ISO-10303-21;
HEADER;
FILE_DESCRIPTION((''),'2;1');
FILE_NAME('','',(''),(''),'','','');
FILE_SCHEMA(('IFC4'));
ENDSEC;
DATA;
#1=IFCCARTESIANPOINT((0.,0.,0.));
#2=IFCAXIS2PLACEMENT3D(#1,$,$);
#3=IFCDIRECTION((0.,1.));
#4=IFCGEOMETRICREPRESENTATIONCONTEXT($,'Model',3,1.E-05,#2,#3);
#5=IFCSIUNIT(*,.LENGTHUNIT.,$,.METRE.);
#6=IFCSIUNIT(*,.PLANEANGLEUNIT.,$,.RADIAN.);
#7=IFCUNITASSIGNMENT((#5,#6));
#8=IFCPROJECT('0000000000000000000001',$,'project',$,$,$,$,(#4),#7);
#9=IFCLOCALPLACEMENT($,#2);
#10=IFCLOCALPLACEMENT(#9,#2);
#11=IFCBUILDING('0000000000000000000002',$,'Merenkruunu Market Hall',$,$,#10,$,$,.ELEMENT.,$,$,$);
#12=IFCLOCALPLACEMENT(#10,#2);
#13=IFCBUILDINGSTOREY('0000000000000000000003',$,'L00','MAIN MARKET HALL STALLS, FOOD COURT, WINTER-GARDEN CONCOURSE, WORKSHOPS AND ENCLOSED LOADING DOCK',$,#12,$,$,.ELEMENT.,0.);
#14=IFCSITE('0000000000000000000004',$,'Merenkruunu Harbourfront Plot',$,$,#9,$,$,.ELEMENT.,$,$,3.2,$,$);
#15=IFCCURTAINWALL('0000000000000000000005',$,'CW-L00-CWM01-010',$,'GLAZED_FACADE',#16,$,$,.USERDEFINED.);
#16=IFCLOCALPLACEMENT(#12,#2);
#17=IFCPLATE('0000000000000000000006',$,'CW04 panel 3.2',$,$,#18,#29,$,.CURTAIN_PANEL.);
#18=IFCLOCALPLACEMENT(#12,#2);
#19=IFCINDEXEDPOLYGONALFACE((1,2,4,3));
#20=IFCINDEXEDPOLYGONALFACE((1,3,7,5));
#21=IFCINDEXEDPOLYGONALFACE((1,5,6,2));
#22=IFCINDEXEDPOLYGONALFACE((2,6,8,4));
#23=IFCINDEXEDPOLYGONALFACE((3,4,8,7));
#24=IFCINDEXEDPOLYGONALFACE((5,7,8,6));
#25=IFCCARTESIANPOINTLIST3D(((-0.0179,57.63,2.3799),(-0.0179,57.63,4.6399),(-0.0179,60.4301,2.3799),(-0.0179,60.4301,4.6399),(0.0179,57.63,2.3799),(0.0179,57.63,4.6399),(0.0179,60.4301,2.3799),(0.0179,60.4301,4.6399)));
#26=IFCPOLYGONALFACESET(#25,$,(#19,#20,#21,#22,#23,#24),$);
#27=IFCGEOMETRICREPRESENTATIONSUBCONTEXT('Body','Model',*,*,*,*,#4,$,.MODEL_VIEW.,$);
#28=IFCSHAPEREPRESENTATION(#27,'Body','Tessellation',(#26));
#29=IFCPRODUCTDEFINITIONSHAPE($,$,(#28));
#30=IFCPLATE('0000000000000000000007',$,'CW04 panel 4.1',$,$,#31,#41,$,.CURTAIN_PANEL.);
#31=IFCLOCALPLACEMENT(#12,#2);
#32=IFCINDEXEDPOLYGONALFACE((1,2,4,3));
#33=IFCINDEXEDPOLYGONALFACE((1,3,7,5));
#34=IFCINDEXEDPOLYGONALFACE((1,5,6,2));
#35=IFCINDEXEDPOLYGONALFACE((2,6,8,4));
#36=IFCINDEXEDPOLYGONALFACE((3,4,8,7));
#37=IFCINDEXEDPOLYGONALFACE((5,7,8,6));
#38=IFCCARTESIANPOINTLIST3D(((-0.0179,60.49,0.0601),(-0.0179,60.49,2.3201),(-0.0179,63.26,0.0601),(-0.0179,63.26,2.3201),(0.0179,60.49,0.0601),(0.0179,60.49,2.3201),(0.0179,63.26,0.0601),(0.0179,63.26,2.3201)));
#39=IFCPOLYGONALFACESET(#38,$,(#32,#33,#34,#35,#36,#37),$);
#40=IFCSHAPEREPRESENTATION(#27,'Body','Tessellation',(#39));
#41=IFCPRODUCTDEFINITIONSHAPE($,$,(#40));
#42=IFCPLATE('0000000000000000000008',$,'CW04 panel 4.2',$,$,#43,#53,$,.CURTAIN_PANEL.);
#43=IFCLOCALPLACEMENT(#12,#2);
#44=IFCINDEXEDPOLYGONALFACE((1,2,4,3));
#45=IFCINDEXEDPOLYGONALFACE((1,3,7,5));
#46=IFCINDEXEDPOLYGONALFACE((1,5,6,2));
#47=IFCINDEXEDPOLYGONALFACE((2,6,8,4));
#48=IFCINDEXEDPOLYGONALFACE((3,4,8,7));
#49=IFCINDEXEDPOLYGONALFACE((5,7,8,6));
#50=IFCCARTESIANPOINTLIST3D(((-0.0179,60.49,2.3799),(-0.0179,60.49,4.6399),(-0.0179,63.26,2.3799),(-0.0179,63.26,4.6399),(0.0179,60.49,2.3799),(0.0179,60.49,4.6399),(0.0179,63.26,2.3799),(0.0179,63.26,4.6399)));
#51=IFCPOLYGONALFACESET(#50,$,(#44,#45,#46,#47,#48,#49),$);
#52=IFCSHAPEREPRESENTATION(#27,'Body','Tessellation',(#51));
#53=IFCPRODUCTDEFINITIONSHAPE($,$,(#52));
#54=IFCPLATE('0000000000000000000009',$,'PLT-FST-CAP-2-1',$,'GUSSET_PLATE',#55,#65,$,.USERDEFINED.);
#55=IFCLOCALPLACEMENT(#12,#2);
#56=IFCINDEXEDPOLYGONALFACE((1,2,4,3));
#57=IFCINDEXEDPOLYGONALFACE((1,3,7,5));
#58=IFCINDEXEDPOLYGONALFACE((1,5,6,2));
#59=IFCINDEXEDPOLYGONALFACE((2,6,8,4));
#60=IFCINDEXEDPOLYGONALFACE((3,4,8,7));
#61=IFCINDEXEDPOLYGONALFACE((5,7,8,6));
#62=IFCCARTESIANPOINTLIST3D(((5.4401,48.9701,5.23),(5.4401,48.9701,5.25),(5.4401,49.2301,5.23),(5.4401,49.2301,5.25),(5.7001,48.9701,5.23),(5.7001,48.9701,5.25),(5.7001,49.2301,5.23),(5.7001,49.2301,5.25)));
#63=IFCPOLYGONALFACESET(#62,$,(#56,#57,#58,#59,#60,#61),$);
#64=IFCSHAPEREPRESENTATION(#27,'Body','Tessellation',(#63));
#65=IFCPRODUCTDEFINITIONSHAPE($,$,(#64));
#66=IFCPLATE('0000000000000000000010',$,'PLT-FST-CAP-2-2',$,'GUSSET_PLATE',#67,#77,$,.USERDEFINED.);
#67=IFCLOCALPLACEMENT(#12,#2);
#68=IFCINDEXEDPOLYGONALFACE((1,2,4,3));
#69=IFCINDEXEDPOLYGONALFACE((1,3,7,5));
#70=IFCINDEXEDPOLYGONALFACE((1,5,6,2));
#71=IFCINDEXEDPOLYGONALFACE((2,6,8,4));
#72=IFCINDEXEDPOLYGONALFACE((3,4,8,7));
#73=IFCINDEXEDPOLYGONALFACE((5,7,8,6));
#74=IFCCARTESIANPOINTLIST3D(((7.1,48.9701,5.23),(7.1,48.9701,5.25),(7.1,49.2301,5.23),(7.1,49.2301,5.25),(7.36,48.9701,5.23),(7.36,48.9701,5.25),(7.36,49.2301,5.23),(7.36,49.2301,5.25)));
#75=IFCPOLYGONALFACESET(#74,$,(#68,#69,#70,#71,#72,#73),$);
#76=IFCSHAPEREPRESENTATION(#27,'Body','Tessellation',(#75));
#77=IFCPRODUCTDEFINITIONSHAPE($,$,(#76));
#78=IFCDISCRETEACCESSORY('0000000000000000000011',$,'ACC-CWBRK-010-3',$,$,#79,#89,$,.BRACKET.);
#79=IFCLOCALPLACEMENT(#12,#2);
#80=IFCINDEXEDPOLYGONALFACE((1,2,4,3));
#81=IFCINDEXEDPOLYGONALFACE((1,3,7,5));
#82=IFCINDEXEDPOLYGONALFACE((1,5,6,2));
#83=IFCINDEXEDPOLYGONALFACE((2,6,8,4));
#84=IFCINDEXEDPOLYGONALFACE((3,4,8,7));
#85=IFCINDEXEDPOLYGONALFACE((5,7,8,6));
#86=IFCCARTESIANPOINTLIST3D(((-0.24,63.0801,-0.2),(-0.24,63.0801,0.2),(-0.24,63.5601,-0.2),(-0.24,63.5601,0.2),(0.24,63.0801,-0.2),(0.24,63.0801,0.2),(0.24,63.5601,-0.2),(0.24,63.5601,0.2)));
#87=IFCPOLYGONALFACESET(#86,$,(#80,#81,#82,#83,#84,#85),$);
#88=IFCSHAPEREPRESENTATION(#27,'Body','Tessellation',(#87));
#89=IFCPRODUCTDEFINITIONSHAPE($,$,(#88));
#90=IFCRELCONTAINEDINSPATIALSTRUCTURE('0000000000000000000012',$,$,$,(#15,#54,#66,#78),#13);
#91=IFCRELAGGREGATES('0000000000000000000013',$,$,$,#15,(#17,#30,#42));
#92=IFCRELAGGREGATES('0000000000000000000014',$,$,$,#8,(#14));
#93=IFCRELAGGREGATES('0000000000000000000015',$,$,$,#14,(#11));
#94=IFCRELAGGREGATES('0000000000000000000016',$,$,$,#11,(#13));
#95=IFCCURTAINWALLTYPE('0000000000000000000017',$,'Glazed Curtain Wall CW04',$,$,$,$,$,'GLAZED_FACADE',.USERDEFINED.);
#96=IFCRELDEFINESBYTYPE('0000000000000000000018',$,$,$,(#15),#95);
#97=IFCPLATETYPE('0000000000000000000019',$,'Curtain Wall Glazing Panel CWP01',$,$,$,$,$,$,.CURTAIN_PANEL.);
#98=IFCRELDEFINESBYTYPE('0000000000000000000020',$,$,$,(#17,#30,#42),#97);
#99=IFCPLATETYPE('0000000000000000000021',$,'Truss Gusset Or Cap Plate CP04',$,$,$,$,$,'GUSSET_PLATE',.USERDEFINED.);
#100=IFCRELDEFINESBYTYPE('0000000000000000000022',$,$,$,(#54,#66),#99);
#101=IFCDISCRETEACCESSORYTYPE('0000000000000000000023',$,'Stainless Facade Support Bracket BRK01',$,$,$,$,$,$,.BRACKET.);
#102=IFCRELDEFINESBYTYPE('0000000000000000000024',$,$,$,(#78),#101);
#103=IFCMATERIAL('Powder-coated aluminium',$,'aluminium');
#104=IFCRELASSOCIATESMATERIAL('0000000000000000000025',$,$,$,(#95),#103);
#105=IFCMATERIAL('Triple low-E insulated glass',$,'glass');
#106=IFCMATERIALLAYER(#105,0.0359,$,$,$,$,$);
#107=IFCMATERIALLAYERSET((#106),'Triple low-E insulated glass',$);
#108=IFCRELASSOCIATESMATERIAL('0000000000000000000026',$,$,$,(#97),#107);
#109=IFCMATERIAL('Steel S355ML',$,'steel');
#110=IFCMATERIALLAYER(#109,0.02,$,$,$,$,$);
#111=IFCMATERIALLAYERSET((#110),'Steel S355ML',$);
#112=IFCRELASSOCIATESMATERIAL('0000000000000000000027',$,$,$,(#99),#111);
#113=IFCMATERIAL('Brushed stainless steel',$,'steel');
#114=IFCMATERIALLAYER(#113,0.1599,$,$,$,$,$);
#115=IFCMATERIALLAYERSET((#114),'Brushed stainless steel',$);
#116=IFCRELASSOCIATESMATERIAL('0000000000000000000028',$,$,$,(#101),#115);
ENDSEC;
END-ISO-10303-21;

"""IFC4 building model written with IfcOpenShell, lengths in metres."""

from ifc_helpers import new_model, si_unit, direction, frame, origin, origin_2d, place, context, subcontext, project, spatial, rectangle, extrude, material, layer, layer_set, type_object, element, aggregate, save


model = new_model("IFC4")

# Units and contexts
model_context = context("Model", 3, precision=1e-05, world=origin(), true_north=direction((0.0, 1.0)))
body_context = subcontext(model_context, "Body", "Model", "MODEL_VIEW")
ifc_project = project(units=[si_unit("LENGTHUNIT", "METRE"), si_unit("PLANEANGLEUNIT", "RADIAN")], contexts=[model_context])

# Site, building, storey
site_placement = place(None, origin())
site = spatial("IfcSite", under=ifc_project, at=site_placement, Name="Merenkruunu Harbourfront Plot", CompositionType="ELEMENT", RefElevation=3.2)
building_placement = place(site_placement, origin())
building = spatial("IfcBuilding", under=site, at=building_placement, Name="Merenkruunu Market Hall", CompositionType="ELEMENT")
storey_placement = place(building_placement, origin())
storey = spatial("IfcBuildingStorey", under=building, at=storey_placement, Name="L00", Description="MAIN MARKET HALL STALLS, FOOD COURT, WINTER-GARDEN CONCOURSE, WORKSHOPS AND ENCLOSED LOADING DOCK", CompositionType="ELEMENT", Elevation=0.0)

# Shared definitions
ifc_material_1 = material(Name="Steel S355ML", Category="steel")

# Curtain wall
ifc_material_2 = material(Name="Powder-coated aluminium", Category="aluminium")
curtain_wall_type = type_object("IfcCurtainWallType", Name="Glazed Curtain Wall CW04", ElementType="GLAZED_FACADE", PredefinedType="USERDEFINED", material=ifc_material_2)
curtain_wall_placement = place(storey_placement, origin())
curtain_wall = element("IfcCurtainWall", 1, at=curtain_wall_placement, inside=storey, type_object=curtain_wall_type, Name="CW-L00-CWM01-010", ObjectType="GLAZED_FACADE", PredefinedType="USERDEFINED")

# Plates
ifc_material_3 = material(Name="Triple low-E insulated glass", Category="glass")
ifc_layer_1 = layer(ifc_material_3, 0.0359)
ifc_layer_set_1 = layer_set([ifc_layer_1], Name="Triple low-E insulated glass")
plate_type_1 = type_object("IfcPlateType", Name="Curtain Wall Glazing Panel CWP01", PredefinedType="CURTAIN_PANEL", material=ifc_layer_set_1)
plate_1_placement = place(storey_placement, frame((0.0, 59.03, 2.3799), z_axis=(0.0, 0.0, 1.0), x_axis=(0.0, 1.0, 0.0)))
plate_1 = element("IfcPlate", 2, at=plate_1_placement, type_object=plate_type_1, Name="CW04 panel 3.2", PredefinedType="CURTAIN_PANEL", context=body_context, shape_type="SweptSolid", body=[
    extrude(rectangle(XDim=2.8, YDim=0.0359, at=origin_2d()), origin(), (0.0, 0.0, 1.0), 2.26),
])
plate_2_placement = place(storey_placement, frame((0.0, 61.875, 0.0601), z_axis=(0.0, 0.0, 1.0), x_axis=(0.0, 1.0, 0.0)))
plate_2 = element("IfcPlate", 3, at=plate_2_placement, type_object=plate_type_1, Name="CW04 panel 4.1", PredefinedType="CURTAIN_PANEL", context=body_context, shape_type="SweptSolid", body=[
    extrude(rectangle(XDim=2.77, YDim=0.0359, at=origin_2d()), origin(), (0.0, 0.0, 1.0), 2.26),
])
plate_3_placement = place(storey_placement, frame((0.0, 61.875, 2.3799), z_axis=(0.0, 0.0, 1.0), x_axis=(0.0, 1.0, 0.0)))
plate_3 = element("IfcPlate", 4, at=plate_3_placement, type_object=plate_type_1, Name="CW04 panel 4.2", PredefinedType="CURTAIN_PANEL", context=body_context, shape_type="SweptSolid", body=[
    extrude(rectangle(XDim=2.77, YDim=0.0359, at=origin_2d()), origin(), (0.0, 0.0, 1.0), 2.26),
])
aggregate(curtain_wall, [plate_1, plate_2, plate_3])

# Plates
ifc_layer_2 = layer(ifc_material_1, 0.02)
ifc_layer_set_2 = layer_set([ifc_layer_2], Name="Steel S355ML")
plate_type_2 = type_object("IfcPlateType", Name="Truss Gusset Or Cap Plate CP04", ElementType="GUSSET_PLATE", PredefinedType="USERDEFINED", material=ifc_layer_set_2)
for number, where, z_axis, x_axis, name in (
    (5, (5.5701, 49.1001, 5.23), (0.0, 0.0, 1.0), (1.0, 0.0, 0.0), "PLT-FST-CAP-2-1"),
    (6, (7.23, 49.1001, 5.23), (0.0, 0.0, 1.0), (1.0, 0.0, 0.0), "PLT-FST-CAP-2-2"),
):
    element("IfcPlate", number, at=place(storey_placement, frame(where, z_axis=z_axis, x_axis=x_axis)), inside=storey, type_object=plate_type_2, Name=name, ObjectType="GUSSET_PLATE", PredefinedType="USERDEFINED", context=body_context, shape_type="SweptSolid", body=[
        extrude(rectangle(XDim=0.26, YDim=0.26, at=origin_2d()), origin(), (0.0, 0.0, 1.0), 0.02),
    ])

# Discrete accessory
ifc_material_4 = material(Name="Brushed stainless steel", Category="steel")
ifc_layer_3 = layer(ifc_material_4, 0.1599)
ifc_layer_set_3 = layer_set([ifc_layer_3], Name="Brushed stainless steel")
discrete_accessory_type = type_object("IfcDiscreteAccessoryType", Name="Stainless Facade Support Bracket BRK01", PredefinedType="BRACKET", material=ifc_layer_set_3)
discrete_accessory_placement = place(storey_placement, frame((0.0, 63.3201, -0.2), z_axis=(0.0, 0.0, 1.0), x_axis=(1.0, 0.0, 0.0)))
element("IfcDiscreteAccessory", 7, at=discrete_accessory_placement, inside=storey, type_object=discrete_accessory_type, Name="ACC-CWBRK-010-3", PredefinedType="BRACKET", context=body_context, shape_type="SweptSolid", body=[
    extrude(rectangle(XDim=0.48, YDim=0.48, at=origin_2d()), origin(), (0.0, 0.0, 1.0), 0.3999),
])

save(model, "model.ifc")
